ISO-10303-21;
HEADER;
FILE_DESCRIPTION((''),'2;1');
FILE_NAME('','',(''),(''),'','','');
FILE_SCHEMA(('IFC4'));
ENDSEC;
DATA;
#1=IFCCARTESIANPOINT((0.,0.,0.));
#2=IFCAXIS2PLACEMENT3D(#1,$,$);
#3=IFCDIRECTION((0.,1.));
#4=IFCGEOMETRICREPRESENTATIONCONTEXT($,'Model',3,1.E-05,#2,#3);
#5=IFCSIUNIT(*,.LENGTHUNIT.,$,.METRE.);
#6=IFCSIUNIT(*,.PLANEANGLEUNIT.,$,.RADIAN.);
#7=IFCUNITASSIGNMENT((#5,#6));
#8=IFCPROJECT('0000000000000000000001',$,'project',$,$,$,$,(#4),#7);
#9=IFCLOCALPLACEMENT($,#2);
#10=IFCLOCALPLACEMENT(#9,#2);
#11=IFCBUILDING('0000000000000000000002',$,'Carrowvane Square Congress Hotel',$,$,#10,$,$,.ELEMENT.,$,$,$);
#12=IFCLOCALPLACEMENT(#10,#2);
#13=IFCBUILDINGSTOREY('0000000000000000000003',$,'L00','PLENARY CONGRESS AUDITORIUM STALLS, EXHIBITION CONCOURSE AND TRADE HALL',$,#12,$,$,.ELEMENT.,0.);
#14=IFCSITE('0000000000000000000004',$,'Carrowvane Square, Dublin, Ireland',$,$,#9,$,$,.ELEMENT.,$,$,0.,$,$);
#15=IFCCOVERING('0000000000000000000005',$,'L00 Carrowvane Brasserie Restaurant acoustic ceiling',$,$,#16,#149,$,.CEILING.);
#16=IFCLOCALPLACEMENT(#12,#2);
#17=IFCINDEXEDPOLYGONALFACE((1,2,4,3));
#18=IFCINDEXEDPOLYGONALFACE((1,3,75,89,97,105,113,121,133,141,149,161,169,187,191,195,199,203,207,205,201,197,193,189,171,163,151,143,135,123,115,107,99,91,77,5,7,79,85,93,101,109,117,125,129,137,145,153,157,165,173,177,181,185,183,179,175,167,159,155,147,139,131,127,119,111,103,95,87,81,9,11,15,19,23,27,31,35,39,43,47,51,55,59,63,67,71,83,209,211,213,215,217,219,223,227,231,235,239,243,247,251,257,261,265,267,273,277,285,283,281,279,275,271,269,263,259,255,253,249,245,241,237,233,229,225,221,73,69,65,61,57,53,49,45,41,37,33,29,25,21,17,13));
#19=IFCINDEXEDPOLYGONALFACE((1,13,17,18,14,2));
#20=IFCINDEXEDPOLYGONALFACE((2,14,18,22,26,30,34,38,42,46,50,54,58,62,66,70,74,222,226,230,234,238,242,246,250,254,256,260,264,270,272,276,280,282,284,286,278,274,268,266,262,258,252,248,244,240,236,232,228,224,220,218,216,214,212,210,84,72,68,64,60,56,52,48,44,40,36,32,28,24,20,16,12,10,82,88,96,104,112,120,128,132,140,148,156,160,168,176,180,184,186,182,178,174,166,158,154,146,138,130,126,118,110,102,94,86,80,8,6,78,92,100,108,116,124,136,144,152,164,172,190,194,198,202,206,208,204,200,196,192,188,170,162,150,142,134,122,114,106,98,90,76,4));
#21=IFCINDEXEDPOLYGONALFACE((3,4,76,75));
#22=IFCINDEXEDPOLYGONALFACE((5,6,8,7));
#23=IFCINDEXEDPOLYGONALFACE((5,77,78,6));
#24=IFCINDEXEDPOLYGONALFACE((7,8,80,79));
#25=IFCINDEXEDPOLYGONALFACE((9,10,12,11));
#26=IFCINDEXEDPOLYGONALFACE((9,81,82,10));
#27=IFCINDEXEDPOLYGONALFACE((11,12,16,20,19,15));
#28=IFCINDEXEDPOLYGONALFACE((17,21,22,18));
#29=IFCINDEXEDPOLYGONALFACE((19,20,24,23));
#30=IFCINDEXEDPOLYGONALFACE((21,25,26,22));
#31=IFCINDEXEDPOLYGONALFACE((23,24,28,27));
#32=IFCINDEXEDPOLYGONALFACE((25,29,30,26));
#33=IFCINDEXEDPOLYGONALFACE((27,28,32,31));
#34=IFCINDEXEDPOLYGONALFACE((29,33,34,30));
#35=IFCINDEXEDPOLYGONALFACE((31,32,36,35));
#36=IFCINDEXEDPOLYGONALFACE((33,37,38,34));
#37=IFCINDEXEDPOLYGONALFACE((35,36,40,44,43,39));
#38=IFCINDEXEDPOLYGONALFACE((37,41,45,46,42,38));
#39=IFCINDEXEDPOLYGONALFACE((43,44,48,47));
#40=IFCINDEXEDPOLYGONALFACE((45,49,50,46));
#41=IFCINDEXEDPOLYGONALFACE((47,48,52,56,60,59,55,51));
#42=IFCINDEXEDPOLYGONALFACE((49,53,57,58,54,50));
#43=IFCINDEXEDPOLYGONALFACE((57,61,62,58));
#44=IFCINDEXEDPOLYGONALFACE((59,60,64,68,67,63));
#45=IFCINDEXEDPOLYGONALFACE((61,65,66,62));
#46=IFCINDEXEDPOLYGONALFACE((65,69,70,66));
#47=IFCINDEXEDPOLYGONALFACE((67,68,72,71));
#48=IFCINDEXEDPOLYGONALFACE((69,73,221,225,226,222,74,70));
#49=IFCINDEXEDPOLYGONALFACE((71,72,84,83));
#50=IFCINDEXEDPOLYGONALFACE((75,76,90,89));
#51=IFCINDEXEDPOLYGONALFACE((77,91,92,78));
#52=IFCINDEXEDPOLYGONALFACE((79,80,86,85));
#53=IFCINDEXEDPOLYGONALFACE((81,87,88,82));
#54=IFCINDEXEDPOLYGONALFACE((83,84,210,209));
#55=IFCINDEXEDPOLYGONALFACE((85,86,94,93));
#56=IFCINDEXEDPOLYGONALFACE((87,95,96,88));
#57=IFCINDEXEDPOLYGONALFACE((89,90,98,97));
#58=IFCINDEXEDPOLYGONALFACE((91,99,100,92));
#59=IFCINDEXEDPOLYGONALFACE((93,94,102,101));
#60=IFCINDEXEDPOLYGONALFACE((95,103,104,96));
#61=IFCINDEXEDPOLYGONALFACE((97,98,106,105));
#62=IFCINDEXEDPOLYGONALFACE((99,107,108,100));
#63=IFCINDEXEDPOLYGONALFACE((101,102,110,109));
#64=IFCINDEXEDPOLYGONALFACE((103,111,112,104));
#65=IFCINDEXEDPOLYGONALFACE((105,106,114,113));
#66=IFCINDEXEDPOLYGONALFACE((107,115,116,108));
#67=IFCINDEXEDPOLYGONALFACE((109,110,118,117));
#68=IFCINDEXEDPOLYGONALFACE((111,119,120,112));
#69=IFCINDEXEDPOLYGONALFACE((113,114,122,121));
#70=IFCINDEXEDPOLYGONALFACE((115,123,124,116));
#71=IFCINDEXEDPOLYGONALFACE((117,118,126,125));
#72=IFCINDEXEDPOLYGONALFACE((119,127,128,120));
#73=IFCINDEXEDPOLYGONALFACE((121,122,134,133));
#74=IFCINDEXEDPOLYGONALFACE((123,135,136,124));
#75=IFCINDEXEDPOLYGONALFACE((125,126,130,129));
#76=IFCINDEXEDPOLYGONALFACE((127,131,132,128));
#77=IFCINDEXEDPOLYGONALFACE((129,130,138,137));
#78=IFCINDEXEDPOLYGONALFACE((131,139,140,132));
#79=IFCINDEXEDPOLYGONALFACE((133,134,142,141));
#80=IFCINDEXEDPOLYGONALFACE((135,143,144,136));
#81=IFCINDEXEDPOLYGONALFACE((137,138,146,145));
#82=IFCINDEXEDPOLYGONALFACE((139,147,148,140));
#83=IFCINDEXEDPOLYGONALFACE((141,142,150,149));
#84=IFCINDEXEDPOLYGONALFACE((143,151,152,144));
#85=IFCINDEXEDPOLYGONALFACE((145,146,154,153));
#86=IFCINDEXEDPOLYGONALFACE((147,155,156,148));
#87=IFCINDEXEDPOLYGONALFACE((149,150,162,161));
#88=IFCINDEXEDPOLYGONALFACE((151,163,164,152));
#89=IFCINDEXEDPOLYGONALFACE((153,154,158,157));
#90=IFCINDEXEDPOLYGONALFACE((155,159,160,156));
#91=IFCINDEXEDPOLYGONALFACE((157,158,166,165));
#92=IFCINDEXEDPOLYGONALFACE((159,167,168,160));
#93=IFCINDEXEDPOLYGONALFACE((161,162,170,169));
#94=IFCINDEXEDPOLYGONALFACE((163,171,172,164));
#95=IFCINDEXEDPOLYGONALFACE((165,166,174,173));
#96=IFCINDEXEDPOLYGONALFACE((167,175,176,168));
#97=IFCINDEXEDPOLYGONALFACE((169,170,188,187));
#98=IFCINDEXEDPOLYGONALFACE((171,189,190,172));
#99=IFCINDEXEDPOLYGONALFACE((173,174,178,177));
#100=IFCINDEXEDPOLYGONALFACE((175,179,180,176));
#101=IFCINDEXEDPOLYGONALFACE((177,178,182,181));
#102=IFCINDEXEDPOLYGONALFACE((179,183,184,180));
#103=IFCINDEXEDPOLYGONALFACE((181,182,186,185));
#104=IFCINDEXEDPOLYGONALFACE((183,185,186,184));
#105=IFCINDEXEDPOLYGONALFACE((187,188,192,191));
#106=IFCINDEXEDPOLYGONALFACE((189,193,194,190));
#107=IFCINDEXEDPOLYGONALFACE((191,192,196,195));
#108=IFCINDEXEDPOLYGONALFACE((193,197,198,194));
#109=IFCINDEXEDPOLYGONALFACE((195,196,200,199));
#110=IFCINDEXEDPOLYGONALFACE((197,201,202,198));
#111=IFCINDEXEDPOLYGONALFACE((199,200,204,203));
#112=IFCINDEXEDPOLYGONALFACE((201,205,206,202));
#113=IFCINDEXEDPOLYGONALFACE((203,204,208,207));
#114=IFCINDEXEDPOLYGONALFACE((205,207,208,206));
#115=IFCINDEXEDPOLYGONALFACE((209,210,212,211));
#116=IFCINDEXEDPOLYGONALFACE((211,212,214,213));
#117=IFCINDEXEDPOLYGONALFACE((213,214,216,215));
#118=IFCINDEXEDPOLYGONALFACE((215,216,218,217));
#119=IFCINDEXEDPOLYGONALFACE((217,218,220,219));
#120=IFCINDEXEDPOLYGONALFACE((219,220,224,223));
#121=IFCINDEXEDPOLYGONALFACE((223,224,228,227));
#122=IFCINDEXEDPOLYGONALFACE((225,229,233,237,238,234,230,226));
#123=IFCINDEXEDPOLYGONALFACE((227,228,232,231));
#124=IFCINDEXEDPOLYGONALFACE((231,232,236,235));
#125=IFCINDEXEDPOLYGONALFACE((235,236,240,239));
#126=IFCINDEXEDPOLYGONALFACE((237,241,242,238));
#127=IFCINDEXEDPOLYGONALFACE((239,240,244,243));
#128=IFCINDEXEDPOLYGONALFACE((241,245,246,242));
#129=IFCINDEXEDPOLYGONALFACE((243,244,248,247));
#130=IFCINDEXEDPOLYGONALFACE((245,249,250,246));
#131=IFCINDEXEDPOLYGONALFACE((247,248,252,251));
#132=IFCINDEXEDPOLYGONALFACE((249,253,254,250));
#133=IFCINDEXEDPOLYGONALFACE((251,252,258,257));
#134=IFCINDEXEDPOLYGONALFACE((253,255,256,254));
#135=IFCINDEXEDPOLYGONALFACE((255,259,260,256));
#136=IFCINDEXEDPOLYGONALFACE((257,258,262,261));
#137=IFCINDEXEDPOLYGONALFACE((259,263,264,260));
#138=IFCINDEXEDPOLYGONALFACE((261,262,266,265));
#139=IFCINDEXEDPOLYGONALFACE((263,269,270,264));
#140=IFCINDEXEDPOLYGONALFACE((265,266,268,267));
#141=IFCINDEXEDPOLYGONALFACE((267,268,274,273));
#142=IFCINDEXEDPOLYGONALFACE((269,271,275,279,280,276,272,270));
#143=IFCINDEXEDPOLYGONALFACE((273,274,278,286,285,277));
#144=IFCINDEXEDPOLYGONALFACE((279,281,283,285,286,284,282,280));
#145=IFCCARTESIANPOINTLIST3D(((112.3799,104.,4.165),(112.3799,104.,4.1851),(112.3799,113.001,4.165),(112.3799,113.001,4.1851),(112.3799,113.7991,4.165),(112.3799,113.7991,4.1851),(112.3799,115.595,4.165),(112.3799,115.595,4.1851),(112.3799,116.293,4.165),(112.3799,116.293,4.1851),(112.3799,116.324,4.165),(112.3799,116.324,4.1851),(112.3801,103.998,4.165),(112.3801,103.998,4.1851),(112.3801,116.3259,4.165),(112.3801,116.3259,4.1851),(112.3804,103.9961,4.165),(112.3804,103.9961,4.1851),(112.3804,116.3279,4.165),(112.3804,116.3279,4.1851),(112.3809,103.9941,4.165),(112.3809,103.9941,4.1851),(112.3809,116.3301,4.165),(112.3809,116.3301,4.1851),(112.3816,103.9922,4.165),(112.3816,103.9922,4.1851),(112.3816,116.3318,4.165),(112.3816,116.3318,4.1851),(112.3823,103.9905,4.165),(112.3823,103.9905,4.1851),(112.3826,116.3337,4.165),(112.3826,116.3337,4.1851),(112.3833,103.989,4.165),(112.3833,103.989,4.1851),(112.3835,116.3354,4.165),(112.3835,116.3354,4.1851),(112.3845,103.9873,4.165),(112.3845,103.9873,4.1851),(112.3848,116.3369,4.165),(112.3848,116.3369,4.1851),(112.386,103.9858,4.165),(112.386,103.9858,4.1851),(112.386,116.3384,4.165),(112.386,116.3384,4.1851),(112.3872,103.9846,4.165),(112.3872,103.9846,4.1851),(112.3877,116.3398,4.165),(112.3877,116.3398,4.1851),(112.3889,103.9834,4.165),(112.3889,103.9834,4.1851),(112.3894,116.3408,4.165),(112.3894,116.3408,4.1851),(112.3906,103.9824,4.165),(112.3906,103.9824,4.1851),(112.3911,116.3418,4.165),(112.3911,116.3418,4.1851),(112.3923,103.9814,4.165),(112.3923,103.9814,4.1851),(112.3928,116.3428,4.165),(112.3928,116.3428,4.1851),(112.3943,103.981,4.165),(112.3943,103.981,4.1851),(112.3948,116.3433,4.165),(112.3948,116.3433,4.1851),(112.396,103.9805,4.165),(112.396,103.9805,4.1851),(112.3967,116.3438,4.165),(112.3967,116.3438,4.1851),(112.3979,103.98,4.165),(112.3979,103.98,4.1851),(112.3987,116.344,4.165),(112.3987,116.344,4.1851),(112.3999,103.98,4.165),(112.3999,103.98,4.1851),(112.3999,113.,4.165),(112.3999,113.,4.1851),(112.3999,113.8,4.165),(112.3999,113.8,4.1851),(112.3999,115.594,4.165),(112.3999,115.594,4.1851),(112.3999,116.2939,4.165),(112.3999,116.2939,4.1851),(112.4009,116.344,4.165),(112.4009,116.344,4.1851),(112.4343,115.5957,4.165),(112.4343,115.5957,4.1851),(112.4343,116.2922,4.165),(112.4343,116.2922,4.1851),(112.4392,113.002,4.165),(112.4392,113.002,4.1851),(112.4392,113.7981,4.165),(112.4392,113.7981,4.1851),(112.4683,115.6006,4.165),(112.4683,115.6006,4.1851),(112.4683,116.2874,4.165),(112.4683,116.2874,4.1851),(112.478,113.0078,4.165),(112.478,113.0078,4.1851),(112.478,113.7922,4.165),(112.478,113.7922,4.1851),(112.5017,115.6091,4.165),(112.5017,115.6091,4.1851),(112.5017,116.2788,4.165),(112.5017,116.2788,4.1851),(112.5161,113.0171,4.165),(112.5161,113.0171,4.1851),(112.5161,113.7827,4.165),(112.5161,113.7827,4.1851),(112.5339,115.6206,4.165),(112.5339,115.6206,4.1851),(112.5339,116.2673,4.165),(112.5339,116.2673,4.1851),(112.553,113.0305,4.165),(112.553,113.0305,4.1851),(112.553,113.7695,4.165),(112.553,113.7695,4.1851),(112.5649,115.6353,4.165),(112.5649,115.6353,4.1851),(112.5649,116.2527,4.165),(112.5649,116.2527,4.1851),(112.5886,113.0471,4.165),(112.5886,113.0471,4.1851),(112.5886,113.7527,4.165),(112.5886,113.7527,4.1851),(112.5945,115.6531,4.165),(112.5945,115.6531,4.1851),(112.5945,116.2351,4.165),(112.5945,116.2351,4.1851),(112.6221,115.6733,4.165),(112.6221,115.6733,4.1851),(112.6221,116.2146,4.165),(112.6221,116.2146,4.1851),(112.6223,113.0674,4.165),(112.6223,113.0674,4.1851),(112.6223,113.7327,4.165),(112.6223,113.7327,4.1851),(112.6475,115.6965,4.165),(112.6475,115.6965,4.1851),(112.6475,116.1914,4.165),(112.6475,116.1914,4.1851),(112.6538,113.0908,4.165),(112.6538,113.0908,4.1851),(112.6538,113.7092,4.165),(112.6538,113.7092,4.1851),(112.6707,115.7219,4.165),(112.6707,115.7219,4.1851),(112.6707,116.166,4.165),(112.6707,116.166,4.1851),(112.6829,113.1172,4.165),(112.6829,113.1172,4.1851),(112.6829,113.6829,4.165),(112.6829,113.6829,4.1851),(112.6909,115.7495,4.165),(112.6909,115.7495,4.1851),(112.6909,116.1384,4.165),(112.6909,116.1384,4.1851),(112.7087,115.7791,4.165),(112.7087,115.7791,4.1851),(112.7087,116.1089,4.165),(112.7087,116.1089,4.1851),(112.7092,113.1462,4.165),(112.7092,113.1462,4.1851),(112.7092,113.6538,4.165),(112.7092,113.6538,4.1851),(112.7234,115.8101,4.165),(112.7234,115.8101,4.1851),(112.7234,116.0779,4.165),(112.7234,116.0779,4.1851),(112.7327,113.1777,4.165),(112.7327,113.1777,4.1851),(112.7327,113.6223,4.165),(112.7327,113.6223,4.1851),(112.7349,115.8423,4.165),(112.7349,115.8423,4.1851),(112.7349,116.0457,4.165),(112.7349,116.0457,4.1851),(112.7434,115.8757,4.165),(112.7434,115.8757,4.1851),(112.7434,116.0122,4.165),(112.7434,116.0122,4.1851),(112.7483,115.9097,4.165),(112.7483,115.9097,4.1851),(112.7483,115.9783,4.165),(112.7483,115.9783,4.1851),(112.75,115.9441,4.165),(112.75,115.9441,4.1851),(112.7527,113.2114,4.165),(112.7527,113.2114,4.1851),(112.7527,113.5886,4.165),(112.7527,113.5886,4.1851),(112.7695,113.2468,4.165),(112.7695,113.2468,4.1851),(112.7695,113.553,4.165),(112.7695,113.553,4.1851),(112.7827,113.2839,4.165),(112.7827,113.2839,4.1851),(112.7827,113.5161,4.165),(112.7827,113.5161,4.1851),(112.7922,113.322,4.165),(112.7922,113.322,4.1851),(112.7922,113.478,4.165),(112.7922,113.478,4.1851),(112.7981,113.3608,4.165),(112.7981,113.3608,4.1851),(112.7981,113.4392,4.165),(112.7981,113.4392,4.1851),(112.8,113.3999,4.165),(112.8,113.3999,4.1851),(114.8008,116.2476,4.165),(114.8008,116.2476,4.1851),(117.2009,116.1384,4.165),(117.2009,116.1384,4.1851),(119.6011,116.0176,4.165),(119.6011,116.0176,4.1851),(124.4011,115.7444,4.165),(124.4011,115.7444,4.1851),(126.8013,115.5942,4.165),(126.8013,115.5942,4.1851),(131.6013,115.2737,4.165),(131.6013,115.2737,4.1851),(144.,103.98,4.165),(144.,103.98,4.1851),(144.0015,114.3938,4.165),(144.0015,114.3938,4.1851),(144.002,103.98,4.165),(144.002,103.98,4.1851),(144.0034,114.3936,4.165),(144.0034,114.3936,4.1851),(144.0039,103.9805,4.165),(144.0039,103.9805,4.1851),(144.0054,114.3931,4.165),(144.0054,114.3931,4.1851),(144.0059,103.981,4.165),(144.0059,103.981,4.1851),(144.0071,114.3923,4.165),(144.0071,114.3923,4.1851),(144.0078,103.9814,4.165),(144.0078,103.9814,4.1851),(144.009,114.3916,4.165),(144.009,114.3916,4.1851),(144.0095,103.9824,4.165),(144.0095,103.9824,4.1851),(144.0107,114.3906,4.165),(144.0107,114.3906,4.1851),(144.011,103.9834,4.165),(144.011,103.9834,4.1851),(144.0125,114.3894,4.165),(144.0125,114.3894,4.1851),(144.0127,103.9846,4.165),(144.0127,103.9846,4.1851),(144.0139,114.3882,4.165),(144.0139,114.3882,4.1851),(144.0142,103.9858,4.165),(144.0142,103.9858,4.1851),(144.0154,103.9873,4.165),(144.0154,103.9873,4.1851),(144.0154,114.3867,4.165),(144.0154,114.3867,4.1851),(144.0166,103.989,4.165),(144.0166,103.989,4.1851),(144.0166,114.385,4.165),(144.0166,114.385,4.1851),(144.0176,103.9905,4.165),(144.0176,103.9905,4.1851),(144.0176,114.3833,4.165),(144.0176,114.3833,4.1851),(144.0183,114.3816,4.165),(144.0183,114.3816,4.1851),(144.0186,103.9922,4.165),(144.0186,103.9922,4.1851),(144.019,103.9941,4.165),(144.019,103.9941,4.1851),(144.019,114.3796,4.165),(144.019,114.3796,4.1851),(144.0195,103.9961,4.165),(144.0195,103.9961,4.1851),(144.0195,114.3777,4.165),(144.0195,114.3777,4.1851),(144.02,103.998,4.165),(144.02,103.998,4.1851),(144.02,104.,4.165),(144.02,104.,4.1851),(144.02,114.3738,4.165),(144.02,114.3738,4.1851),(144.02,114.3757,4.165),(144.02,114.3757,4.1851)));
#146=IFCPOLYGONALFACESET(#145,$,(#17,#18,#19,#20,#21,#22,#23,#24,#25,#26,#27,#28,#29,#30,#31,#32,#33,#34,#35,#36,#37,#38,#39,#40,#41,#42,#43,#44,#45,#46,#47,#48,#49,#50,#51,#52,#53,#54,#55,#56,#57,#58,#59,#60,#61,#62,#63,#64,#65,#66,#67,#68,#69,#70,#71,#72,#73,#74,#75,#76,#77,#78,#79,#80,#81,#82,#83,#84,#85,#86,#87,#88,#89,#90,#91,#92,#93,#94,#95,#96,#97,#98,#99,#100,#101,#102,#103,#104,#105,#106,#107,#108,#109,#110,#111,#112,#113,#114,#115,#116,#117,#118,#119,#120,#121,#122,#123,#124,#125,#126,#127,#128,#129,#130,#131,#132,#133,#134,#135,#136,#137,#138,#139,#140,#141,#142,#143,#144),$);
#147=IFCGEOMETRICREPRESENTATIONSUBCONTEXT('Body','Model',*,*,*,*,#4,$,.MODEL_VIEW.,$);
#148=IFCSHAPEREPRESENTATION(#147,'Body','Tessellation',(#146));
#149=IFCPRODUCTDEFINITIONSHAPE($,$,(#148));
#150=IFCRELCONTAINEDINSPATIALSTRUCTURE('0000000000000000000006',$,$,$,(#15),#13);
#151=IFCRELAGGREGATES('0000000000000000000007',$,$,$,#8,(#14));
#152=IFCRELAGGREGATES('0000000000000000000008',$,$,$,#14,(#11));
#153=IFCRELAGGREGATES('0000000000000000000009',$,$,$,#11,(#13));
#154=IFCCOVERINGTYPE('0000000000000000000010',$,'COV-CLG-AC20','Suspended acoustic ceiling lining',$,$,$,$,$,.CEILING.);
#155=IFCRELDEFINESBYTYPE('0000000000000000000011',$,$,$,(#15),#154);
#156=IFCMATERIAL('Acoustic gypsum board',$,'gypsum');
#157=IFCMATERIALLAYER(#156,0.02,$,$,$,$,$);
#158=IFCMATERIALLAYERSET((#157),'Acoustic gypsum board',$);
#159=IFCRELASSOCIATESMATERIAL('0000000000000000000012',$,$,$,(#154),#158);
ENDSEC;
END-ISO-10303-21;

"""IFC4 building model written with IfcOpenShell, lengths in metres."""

from ifc_helpers import new_model, si_unit, direction, frame, origin, place, context, subcontext, project, spatial, polyline, outline, extrude, material, layer, layer_set, type_object, element, save


model = new_model("IFC4")

# Units and contexts
model_context = context("Model", 3, precision=1e-05, world=origin(), true_north=direction((0.0, 1.0)))
body_context = subcontext(model_context, "Body", "Model", "MODEL_VIEW")
ifc_project = project(units=[si_unit("LENGTHUNIT", "METRE"), si_unit("PLANEANGLEUNIT", "RADIAN")], contexts=[model_context])

# Site, building, storey
site_placement = place(None, origin())
site = spatial("IfcSite", under=ifc_project, at=site_placement, Name="Carrowvane Square, Dublin, Ireland", CompositionType="ELEMENT", RefElevation=0.0)
building_placement = place(site_placement, origin())
building = spatial("IfcBuilding", under=site, at=building_placement, Name="Carrowvane Square Congress Hotel", CompositionType="ELEMENT")
storey_placement = place(building_placement, origin())
storey = spatial("IfcBuildingStorey", under=building, at=storey_placement, Name="L00", Description="PLENARY CONGRESS AUDITORIUM STALLS, EXHIBITION CONCOURSE AND TRADE HALL", CompositionType="ELEMENT", Elevation=0.0)

# Covering
ifc_material_1 = material(Name="Acoustic gypsum board", Category="gypsum")
ifc_layer_1 = layer(ifc_material_1, 0.02)
ifc_layer_set_1 = layer_set([ifc_layer_1], Name="Acoustic gypsum board")
covering_type_1 = type_object("IfcCoveringType", Name="COV-CLG-AC20", Description="Suspended acoustic ceiling lining", PredefinedType="CEILING", material=ifc_layer_set_1)
covering_1_placement = place(storey_placement, frame((0.0, 0.0, 4.165)))
element("IfcCovering", 1, at=covering_1_placement, inside=storey, type_object=covering_type_1, Name="L00 Carrowvane Brasserie Restaurant acoustic ceiling", PredefinedType="CEILING", context=body_context, shape_type="SweptSolid", body=[
    extrude(outline(polyline([(112.3816, 103.9922), (112.3809, 103.9941), (112.3804, 103.9961), (112.3801, 103.998), (112.3799, 104.0), (112.3799, 113.001), (112.3999, 113.0), (112.4392, 113.002), (112.478, 113.0078), (112.5161, 113.0171), (112.553, 113.0305), (112.5886, 113.0471), (112.6223, 113.0674), (112.6538, 113.0908), (112.6829, 113.1172), (112.7092, 113.1462), (112.7327, 113.1777), (112.7527, 113.2114), (112.7695, 113.2468), (112.7827, 113.2839), (112.7922, 113.322), (112.7981, 113.3608), (112.8, 113.3999), (112.7981, 113.4392), (112.7922, 113.478), (112.7827, 113.5161), (112.7695, 113.553), (112.7527, 113.5886), (112.7327, 113.6223), (112.7092, 113.6538), (112.6829, 113.6829), (112.6538, 113.7092), (112.6223, 113.7327), (112.5886, 113.7527), (112.553, 113.7695), (112.5161, 113.7827), (112.478, 113.7922), (112.4392, 113.7981), (112.3999, 113.8), (112.3799, 113.7991), (112.3799, 115.595), (112.3999, 115.594), (112.4343, 115.5957), (112.4683, 115.6006), (112.5017, 115.6091), (112.5339, 115.6206), (112.5649, 115.6353), (112.5945, 115.6531), (112.6221, 115.6733), (112.6475, 115.6965), (112.6707, 115.7219), (112.6909, 115.7495), (112.7087, 115.7791), (112.7234, 115.8101), (112.7349, 115.8423), (112.7434, 115.8757), (112.7483, 115.9097), (112.75, 115.9441), (112.7483, 115.9783), (112.7434, 116.0122), (112.7349, 116.0457), (112.7234, 116.0779), (112.7087, 116.1089), (112.6909, 116.1384), (112.6707, 116.166), (112.6475, 116.1914), (112.6221, 116.2146), (112.5945, 116.2351), (112.5649, 116.2527), (112.5339, 116.2673), (112.5017, 116.2788), (112.4683, 116.2874), (112.4343, 116.2922), (112.3999, 116.2939), (112.3799, 116.293), (112.3799, 116.324), (112.3801, 116.3259), (112.3804, 116.3279), (112.3809, 116.3301), (112.3816, 116.3318), (112.3826, 116.3337), (112.3835, 116.3354), (112.3848, 116.3369), (112.386, 116.3384), (112.3877, 116.3398), (112.3894, 116.3408), (112.3911, 116.3418), (112.3928, 116.3428), (112.3948, 116.3433), (112.3967, 116.3438), (112.3987, 116.344), (112.4009, 116.344), (114.8008, 116.2476), (114.8008, 116.2476), (117.2009, 116.1384), (117.2009, 116.1384), (119.6011, 116.0176), (119.6011, 116.0176), (124.4011, 115.7444), (124.4011, 115.7444), (126.8013, 115.5942), (126.8013, 115.5942), (131.6013, 115.2737), (131.6013, 115.2737), (144.0015, 114.3938), (144.0034, 114.3936), (144.0054, 114.3931), (144.0071, 114.3923), (144.009, 114.3916), (144.0107, 114.3906), (144.0125, 114.3894), (144.0139, 114.3882), (144.0154, 114.3867), (144.0166, 114.385), (144.0176, 114.3833), (144.0183, 114.3816), (144.019, 114.3796), (144.0195, 114.3777), (144.02, 114.3757), (144.02, 114.3738), (144.02, 104.0), (144.02, 103.998), (144.0195, 103.9961), (144.019, 103.9941), (144.0186, 103.9922), (144.0176, 103.9905), (144.0166, 103.989), (144.0154, 103.9873), (144.0142, 103.9858), (144.0127, 103.9846), (144.011, 103.9834), (144.0095, 103.9824), (144.0078, 103.9814), (144.0059, 103.981), (144.0039, 103.9805), (144.002, 103.98), (144.0, 103.98), (112.3999, 103.98), (112.3979, 103.98), (112.396, 103.9805), (112.3943, 103.981), (112.3923, 103.9814), (112.3906, 103.9824), (112.3889, 103.9834), (112.3872, 103.9846), (112.386, 103.9858), (112.3845, 103.9873), (112.3833, 103.989), (112.3823, 103.9905), (112.3816, 103.9922)])), origin(), (0.0, 0.0, 1.0), 0.02),
])

save(model, "model.ifc")
